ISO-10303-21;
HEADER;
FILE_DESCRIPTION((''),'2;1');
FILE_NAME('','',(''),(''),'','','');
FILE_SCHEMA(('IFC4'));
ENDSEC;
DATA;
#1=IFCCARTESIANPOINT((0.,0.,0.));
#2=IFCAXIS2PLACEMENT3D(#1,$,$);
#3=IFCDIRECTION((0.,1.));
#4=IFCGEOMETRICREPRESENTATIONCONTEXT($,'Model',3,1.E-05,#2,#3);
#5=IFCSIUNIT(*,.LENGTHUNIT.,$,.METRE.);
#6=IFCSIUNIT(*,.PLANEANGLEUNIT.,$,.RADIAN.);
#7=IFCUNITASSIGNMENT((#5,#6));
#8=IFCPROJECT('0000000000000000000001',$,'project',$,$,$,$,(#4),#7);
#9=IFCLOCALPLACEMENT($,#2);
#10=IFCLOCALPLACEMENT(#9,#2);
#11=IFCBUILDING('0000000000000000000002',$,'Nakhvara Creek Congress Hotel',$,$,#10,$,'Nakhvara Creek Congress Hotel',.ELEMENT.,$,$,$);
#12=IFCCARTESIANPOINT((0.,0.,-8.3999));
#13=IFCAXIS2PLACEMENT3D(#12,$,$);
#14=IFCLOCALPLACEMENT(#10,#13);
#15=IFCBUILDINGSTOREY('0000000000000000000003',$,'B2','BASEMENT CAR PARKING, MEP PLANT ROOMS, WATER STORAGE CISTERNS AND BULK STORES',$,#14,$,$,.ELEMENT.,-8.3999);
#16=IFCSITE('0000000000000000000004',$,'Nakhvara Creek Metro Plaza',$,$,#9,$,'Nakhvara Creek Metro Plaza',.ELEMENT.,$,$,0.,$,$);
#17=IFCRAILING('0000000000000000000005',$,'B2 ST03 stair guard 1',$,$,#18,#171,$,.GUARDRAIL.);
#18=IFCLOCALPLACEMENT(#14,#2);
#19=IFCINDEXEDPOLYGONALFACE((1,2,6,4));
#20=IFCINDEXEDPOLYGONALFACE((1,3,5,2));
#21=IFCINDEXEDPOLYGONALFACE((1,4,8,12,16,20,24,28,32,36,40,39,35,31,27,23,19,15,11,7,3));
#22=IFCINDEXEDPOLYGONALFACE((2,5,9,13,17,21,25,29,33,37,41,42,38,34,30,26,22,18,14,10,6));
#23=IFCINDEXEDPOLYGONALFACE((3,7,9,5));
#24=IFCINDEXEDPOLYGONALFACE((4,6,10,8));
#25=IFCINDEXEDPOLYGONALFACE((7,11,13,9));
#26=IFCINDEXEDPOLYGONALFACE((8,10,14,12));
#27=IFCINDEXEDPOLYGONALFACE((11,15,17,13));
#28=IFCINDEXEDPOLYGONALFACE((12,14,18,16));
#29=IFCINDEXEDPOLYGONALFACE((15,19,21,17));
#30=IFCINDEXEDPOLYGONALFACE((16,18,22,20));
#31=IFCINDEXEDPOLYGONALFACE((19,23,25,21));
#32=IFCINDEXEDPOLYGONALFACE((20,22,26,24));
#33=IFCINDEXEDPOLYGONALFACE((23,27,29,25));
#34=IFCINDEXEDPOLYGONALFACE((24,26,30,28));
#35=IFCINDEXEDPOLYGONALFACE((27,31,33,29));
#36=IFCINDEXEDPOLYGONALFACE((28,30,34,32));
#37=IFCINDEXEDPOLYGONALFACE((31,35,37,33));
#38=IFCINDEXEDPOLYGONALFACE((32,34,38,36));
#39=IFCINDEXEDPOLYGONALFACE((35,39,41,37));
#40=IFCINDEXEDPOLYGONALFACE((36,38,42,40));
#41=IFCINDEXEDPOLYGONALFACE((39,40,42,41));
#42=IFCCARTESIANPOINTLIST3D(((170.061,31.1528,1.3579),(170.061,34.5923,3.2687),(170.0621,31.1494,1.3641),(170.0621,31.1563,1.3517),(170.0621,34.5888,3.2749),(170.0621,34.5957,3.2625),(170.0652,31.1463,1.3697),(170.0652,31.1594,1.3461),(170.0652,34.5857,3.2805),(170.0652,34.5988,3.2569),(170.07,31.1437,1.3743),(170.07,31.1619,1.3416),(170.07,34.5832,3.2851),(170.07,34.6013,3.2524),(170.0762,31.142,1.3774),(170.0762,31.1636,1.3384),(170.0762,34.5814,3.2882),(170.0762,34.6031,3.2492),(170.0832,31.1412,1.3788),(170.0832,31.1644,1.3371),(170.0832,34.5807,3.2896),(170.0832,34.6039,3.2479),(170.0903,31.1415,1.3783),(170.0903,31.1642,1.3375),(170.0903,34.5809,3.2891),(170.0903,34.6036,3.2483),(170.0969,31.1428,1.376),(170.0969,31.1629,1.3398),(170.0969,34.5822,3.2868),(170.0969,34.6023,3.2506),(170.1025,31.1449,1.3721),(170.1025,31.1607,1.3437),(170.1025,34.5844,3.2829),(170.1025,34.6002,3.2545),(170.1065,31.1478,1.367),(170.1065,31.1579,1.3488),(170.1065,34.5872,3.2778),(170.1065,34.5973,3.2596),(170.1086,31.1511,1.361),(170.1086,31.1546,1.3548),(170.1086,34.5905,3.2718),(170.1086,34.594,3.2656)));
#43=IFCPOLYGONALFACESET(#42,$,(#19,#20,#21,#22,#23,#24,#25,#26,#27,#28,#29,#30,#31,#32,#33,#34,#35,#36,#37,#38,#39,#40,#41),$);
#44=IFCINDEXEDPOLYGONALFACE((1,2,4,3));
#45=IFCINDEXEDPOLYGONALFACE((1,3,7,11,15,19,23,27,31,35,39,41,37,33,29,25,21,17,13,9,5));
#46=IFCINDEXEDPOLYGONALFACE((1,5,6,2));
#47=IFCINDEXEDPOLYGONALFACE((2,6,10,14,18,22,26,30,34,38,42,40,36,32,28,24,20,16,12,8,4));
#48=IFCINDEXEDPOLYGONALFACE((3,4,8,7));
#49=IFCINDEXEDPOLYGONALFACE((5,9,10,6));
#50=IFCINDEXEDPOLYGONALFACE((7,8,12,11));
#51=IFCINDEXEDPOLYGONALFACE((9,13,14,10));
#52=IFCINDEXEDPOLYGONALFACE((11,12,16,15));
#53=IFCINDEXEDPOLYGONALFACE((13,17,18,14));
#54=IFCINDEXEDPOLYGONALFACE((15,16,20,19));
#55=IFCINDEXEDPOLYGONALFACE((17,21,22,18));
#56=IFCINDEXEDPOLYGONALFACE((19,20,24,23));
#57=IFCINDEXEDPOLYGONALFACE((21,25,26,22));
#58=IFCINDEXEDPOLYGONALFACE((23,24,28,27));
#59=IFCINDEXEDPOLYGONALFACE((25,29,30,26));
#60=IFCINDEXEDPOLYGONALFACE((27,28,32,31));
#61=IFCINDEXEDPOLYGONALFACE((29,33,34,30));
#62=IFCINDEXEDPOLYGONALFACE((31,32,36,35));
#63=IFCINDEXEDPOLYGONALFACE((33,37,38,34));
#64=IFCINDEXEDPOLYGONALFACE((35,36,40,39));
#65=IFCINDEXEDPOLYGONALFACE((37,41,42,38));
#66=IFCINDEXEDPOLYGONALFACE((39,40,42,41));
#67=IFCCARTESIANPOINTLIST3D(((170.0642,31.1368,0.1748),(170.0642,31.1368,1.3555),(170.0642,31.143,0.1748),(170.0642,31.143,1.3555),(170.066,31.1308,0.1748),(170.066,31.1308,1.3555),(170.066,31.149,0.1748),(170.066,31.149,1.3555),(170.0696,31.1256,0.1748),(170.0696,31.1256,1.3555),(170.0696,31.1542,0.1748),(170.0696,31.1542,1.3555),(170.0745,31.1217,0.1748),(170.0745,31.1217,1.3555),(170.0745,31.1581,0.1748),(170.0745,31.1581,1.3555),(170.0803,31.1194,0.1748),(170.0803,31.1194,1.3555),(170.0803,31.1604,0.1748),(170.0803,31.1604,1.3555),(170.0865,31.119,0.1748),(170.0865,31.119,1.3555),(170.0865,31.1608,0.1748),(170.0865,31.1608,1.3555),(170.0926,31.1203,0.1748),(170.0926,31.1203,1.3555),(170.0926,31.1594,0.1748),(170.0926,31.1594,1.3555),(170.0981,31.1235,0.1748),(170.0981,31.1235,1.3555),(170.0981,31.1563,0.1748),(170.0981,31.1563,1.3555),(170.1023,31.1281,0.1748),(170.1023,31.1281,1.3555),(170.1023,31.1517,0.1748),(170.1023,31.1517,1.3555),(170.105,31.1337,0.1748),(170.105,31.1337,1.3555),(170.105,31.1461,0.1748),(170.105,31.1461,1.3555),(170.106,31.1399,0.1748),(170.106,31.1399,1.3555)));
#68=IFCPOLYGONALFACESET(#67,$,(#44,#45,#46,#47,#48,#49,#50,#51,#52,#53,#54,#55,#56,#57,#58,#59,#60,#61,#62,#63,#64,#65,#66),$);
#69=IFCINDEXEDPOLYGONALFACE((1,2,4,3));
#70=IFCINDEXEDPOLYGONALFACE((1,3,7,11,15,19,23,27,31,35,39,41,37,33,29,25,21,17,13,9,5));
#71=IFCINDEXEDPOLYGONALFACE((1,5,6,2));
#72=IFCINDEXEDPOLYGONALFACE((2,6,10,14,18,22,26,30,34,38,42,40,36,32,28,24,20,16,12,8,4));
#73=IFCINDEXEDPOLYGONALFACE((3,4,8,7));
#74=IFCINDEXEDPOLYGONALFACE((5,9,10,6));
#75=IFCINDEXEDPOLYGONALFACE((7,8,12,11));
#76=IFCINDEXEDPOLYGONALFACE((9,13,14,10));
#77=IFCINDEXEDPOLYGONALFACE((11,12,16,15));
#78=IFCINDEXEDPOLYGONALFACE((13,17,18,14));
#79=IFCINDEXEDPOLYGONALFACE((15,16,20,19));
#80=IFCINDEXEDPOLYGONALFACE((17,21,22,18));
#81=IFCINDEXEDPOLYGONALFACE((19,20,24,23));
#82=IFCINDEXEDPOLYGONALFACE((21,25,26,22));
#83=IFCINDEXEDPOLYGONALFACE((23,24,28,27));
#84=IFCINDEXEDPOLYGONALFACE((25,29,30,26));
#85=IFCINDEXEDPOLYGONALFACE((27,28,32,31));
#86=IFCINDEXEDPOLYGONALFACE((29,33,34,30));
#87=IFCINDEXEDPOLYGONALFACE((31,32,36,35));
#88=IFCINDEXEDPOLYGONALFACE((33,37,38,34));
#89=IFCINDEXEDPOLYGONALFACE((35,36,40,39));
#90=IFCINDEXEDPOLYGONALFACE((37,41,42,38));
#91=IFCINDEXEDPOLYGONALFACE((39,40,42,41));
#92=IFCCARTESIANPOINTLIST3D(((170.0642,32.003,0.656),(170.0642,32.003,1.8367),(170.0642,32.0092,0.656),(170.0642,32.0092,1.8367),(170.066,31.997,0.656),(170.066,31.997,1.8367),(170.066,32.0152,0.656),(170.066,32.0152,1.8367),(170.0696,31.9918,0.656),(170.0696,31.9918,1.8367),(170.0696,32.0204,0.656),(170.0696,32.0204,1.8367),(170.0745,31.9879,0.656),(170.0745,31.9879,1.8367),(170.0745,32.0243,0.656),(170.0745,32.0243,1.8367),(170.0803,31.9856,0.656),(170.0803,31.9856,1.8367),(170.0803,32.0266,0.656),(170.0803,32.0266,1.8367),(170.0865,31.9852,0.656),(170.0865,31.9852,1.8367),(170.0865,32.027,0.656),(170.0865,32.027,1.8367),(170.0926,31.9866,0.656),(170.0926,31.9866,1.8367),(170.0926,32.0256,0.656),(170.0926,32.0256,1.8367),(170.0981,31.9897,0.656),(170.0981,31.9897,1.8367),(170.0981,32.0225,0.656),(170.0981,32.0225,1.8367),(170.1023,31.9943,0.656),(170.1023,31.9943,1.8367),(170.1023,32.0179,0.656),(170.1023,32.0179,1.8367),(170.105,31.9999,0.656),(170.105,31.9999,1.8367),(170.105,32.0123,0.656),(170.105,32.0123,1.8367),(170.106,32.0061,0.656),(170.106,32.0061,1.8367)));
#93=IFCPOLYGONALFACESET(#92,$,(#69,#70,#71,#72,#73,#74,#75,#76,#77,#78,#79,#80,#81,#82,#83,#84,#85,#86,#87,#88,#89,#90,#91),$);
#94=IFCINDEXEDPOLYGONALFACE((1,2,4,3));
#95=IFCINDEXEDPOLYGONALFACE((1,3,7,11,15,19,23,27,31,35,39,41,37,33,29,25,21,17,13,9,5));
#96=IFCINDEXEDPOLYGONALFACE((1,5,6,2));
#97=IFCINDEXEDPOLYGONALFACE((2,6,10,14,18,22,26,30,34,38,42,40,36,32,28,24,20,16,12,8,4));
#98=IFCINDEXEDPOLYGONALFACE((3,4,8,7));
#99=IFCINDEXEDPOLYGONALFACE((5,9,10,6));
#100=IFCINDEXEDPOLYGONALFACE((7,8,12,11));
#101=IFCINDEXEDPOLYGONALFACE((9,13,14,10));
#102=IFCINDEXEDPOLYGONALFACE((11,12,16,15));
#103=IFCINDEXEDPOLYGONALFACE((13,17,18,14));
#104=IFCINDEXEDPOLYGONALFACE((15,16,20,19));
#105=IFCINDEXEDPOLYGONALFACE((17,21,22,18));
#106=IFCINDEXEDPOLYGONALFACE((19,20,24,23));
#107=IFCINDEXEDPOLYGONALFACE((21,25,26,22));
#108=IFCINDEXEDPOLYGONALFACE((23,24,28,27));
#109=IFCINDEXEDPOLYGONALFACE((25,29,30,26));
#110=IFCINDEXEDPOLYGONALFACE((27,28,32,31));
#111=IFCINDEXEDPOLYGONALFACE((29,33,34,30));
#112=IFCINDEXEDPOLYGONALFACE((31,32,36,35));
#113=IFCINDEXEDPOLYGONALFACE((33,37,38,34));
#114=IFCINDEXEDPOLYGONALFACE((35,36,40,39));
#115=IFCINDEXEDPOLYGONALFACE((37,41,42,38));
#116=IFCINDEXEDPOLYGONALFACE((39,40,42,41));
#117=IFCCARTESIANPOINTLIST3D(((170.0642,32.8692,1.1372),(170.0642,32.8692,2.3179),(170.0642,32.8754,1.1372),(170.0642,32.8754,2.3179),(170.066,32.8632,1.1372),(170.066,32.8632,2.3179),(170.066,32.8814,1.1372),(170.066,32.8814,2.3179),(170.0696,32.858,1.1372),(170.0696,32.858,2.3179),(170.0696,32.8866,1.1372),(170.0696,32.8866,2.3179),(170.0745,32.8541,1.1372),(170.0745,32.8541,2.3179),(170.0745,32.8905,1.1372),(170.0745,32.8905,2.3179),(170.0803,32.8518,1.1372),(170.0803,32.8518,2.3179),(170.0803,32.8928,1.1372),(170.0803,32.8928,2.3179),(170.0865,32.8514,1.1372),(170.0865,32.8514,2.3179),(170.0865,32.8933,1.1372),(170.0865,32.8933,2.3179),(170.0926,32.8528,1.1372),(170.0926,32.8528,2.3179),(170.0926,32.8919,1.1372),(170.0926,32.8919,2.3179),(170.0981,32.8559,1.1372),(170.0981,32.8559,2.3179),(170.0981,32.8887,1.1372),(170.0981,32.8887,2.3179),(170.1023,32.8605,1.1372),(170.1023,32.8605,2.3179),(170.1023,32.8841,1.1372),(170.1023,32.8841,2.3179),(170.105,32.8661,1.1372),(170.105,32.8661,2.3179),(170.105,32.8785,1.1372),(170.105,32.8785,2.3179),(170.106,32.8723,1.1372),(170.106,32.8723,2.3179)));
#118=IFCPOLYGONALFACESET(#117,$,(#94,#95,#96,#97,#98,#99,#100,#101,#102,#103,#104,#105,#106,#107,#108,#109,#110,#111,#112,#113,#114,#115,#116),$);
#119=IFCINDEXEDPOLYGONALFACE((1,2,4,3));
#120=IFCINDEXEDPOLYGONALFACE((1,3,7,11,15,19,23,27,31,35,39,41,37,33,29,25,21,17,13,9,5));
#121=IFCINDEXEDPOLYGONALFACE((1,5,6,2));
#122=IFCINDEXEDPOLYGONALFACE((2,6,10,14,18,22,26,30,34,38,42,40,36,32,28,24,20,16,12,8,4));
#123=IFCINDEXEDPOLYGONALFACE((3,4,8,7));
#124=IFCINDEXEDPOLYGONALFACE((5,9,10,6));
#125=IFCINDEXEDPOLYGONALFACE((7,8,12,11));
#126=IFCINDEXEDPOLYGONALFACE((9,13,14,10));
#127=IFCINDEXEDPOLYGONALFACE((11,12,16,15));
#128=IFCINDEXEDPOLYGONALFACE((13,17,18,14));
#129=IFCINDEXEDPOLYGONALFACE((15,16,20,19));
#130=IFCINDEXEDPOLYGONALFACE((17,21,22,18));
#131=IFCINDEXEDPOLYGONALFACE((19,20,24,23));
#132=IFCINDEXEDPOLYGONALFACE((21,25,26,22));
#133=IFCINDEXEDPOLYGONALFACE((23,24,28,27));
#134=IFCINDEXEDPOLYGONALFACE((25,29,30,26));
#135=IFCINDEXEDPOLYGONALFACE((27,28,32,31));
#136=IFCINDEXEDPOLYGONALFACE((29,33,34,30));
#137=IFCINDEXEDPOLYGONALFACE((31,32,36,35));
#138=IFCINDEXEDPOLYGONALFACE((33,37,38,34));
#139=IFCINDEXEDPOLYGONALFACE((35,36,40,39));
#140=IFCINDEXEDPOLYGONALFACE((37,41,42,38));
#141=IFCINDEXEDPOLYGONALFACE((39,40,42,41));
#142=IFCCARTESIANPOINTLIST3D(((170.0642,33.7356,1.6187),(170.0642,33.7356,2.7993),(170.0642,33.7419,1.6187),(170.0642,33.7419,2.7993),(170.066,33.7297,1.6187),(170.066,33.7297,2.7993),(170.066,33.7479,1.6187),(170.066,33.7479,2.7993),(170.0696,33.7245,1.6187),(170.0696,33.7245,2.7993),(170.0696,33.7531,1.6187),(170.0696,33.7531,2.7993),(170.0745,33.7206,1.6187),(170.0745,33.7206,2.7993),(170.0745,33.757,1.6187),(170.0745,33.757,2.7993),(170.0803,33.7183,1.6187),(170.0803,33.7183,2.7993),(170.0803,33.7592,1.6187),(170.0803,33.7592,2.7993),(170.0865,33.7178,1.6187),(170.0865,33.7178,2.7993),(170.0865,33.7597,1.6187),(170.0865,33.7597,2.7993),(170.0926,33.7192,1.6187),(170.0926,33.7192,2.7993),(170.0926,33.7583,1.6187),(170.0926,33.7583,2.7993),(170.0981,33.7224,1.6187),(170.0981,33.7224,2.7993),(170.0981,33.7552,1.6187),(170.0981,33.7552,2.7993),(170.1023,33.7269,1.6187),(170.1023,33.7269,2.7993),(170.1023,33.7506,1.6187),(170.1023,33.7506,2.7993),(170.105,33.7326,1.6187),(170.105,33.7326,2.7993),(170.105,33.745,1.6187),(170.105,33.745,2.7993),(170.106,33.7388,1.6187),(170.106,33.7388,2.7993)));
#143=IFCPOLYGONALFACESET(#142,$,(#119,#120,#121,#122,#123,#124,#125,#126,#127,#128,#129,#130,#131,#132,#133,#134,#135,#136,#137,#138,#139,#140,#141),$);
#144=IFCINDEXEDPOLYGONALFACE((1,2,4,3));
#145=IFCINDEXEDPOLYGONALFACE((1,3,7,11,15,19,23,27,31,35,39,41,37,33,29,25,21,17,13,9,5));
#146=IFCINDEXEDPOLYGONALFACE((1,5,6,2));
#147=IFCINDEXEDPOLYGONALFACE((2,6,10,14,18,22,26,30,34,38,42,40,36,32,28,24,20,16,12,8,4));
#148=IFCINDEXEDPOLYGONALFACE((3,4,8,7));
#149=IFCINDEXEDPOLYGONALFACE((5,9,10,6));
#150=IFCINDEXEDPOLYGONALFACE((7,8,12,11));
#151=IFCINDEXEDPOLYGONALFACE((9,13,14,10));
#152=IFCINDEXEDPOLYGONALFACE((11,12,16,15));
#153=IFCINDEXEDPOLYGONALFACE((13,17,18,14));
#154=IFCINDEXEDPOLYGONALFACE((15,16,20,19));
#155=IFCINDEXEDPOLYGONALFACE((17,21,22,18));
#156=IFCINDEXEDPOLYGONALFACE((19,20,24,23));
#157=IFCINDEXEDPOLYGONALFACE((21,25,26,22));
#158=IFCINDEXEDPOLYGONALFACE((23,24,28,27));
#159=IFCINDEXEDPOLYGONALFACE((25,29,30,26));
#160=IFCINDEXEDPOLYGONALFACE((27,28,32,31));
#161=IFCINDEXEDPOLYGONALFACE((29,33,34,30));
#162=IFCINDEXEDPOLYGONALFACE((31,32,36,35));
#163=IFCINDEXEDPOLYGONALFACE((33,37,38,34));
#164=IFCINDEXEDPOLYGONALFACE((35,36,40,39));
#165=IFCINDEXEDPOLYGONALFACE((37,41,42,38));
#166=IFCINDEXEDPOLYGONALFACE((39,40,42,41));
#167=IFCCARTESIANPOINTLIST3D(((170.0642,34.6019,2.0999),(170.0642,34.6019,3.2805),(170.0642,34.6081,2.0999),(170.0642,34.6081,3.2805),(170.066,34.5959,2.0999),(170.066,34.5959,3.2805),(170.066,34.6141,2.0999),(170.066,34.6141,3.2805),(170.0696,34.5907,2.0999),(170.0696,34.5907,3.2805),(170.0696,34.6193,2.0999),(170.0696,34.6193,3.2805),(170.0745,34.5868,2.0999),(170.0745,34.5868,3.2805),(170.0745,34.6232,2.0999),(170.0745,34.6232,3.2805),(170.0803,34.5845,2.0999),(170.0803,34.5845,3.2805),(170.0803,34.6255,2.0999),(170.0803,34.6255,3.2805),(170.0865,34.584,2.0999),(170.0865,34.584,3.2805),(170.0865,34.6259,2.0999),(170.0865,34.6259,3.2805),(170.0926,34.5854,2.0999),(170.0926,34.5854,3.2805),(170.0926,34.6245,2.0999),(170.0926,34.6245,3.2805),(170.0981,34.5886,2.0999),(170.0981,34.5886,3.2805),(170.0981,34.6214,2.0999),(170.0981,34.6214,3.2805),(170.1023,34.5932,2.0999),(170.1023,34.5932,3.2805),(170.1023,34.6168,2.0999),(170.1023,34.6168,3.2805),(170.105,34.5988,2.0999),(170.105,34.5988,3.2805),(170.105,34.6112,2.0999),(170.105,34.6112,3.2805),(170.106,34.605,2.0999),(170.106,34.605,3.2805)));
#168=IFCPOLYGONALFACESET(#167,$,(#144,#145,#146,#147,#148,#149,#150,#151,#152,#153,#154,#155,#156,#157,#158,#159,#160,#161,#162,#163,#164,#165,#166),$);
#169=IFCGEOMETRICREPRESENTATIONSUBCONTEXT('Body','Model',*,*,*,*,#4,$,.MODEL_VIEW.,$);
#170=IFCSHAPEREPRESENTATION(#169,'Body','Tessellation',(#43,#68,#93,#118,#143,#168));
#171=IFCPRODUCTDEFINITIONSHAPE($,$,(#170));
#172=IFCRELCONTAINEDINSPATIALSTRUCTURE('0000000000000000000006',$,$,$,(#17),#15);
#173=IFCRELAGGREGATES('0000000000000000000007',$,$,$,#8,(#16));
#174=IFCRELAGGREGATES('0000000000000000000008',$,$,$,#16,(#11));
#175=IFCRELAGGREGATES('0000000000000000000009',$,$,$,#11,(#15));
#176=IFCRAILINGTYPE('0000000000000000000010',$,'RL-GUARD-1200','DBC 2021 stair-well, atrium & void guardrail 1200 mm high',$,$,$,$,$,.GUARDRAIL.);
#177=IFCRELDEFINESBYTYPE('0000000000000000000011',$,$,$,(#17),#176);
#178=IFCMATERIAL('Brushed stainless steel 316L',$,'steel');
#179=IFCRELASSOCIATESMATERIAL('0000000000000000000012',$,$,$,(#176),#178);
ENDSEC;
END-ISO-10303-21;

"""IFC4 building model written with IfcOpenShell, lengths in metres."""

from ifc_helpers import new_model, si_unit, direction, frame, origin, origin_2d, place, context, subcontext, project, spatial, circle, extrude, material, type_object, element, save


model = new_model("IFC4")

# Units and contexts
model_context = context("Model", 3, precision=1e-05, world=origin(), true_north=direction((0.0, 1.0)))
body_context = subcontext(model_context, "Body", "Model", "MODEL_VIEW")
ifc_project = project(units=[si_unit("LENGTHUNIT", "METRE"), si_unit("PLANEANGLEUNIT", "RADIAN")], contexts=[model_context])

# Site, building, storey
site_placement = place(None, origin())
site = spatial("IfcSite", under=ifc_project, at=site_placement, Name="Nakhvara Creek Metro Plaza", LongName="Nakhvara Creek Metro Plaza", CompositionType="ELEMENT", RefElevation=0.0)
building_placement = place(site_placement, origin())
building = spatial("IfcBuilding", under=site, at=building_placement, Name="Nakhvara Creek Congress Hotel", LongName="Nakhvara Creek Congress Hotel", CompositionType="ELEMENT")
storey_placement = place(building_placement, frame((0.0, 0.0, -8.3999)))
storey = spatial("IfcBuildingStorey", under=building, at=storey_placement, Name="B2", Description="BASEMENT CAR PARKING, MEP PLANT ROOMS, WATER STORAGE CISTERNS AND BULK STORES", CompositionType="ELEMENT", Elevation=-8.3999)

# Railing
ifc_material_1 = material(Name="Brushed stainless steel 316L", Category="steel")
railing_type_1 = type_object("IfcRailingType", Name="RL-GUARD-1200", Description="DBC 2021 stair-well, atrium & void guardrail 1200 mm high", PredefinedType="GUARDRAIL", material=ifc_material_1)
railing_1_placement = place(storey_placement, frame((170.085, 31.1399, 0.1748)))
element("IfcRailing", 1, at=railing_1_placement, inside=storey, type_object=railing_type_1, Name="B2 ST03 stair guard 1", PredefinedType="GUARDRAIL", context=body_context, shape_type="SweptSolid", body=[
    extrude(circle(Radius=0.0239, at=origin_2d()), frame((0.0, 0.0129, 1.1831), z_axis=(0.0, 0.874157, 0.485643), x_axis=(-1.0, 0.0, 0.0)), (0.0, 0.0, 1.0), 3.9346),
    extrude(circle(Radius=0.021, at=origin_2d()), origin(), (0.0, 0.0, 1.0), 1.1807),
    extrude(circle(Radius=0.021, at=origin_2d()), frame((0.0, 0.8662, 0.4812)), (0.0, 0.0, 1.0), 1.1807),
    extrude(circle(Radius=0.021, at=origin_2d()), frame((0.0, 1.7324, 0.9624)), (0.0, 0.0, 1.0), 1.1807),
    extrude(circle(Radius=0.021, at=origin_2d()), frame((0.0, 2.5989, 1.4438)), (0.0, 0.0, 1.0), 1.1807),
    extrude(circle(Radius=0.021, at=origin_2d()), frame((0.0, 3.4651, 1.925)), (0.0, 0.0, 1.0), 1.1807),
])

save(model, "model.ifc")
